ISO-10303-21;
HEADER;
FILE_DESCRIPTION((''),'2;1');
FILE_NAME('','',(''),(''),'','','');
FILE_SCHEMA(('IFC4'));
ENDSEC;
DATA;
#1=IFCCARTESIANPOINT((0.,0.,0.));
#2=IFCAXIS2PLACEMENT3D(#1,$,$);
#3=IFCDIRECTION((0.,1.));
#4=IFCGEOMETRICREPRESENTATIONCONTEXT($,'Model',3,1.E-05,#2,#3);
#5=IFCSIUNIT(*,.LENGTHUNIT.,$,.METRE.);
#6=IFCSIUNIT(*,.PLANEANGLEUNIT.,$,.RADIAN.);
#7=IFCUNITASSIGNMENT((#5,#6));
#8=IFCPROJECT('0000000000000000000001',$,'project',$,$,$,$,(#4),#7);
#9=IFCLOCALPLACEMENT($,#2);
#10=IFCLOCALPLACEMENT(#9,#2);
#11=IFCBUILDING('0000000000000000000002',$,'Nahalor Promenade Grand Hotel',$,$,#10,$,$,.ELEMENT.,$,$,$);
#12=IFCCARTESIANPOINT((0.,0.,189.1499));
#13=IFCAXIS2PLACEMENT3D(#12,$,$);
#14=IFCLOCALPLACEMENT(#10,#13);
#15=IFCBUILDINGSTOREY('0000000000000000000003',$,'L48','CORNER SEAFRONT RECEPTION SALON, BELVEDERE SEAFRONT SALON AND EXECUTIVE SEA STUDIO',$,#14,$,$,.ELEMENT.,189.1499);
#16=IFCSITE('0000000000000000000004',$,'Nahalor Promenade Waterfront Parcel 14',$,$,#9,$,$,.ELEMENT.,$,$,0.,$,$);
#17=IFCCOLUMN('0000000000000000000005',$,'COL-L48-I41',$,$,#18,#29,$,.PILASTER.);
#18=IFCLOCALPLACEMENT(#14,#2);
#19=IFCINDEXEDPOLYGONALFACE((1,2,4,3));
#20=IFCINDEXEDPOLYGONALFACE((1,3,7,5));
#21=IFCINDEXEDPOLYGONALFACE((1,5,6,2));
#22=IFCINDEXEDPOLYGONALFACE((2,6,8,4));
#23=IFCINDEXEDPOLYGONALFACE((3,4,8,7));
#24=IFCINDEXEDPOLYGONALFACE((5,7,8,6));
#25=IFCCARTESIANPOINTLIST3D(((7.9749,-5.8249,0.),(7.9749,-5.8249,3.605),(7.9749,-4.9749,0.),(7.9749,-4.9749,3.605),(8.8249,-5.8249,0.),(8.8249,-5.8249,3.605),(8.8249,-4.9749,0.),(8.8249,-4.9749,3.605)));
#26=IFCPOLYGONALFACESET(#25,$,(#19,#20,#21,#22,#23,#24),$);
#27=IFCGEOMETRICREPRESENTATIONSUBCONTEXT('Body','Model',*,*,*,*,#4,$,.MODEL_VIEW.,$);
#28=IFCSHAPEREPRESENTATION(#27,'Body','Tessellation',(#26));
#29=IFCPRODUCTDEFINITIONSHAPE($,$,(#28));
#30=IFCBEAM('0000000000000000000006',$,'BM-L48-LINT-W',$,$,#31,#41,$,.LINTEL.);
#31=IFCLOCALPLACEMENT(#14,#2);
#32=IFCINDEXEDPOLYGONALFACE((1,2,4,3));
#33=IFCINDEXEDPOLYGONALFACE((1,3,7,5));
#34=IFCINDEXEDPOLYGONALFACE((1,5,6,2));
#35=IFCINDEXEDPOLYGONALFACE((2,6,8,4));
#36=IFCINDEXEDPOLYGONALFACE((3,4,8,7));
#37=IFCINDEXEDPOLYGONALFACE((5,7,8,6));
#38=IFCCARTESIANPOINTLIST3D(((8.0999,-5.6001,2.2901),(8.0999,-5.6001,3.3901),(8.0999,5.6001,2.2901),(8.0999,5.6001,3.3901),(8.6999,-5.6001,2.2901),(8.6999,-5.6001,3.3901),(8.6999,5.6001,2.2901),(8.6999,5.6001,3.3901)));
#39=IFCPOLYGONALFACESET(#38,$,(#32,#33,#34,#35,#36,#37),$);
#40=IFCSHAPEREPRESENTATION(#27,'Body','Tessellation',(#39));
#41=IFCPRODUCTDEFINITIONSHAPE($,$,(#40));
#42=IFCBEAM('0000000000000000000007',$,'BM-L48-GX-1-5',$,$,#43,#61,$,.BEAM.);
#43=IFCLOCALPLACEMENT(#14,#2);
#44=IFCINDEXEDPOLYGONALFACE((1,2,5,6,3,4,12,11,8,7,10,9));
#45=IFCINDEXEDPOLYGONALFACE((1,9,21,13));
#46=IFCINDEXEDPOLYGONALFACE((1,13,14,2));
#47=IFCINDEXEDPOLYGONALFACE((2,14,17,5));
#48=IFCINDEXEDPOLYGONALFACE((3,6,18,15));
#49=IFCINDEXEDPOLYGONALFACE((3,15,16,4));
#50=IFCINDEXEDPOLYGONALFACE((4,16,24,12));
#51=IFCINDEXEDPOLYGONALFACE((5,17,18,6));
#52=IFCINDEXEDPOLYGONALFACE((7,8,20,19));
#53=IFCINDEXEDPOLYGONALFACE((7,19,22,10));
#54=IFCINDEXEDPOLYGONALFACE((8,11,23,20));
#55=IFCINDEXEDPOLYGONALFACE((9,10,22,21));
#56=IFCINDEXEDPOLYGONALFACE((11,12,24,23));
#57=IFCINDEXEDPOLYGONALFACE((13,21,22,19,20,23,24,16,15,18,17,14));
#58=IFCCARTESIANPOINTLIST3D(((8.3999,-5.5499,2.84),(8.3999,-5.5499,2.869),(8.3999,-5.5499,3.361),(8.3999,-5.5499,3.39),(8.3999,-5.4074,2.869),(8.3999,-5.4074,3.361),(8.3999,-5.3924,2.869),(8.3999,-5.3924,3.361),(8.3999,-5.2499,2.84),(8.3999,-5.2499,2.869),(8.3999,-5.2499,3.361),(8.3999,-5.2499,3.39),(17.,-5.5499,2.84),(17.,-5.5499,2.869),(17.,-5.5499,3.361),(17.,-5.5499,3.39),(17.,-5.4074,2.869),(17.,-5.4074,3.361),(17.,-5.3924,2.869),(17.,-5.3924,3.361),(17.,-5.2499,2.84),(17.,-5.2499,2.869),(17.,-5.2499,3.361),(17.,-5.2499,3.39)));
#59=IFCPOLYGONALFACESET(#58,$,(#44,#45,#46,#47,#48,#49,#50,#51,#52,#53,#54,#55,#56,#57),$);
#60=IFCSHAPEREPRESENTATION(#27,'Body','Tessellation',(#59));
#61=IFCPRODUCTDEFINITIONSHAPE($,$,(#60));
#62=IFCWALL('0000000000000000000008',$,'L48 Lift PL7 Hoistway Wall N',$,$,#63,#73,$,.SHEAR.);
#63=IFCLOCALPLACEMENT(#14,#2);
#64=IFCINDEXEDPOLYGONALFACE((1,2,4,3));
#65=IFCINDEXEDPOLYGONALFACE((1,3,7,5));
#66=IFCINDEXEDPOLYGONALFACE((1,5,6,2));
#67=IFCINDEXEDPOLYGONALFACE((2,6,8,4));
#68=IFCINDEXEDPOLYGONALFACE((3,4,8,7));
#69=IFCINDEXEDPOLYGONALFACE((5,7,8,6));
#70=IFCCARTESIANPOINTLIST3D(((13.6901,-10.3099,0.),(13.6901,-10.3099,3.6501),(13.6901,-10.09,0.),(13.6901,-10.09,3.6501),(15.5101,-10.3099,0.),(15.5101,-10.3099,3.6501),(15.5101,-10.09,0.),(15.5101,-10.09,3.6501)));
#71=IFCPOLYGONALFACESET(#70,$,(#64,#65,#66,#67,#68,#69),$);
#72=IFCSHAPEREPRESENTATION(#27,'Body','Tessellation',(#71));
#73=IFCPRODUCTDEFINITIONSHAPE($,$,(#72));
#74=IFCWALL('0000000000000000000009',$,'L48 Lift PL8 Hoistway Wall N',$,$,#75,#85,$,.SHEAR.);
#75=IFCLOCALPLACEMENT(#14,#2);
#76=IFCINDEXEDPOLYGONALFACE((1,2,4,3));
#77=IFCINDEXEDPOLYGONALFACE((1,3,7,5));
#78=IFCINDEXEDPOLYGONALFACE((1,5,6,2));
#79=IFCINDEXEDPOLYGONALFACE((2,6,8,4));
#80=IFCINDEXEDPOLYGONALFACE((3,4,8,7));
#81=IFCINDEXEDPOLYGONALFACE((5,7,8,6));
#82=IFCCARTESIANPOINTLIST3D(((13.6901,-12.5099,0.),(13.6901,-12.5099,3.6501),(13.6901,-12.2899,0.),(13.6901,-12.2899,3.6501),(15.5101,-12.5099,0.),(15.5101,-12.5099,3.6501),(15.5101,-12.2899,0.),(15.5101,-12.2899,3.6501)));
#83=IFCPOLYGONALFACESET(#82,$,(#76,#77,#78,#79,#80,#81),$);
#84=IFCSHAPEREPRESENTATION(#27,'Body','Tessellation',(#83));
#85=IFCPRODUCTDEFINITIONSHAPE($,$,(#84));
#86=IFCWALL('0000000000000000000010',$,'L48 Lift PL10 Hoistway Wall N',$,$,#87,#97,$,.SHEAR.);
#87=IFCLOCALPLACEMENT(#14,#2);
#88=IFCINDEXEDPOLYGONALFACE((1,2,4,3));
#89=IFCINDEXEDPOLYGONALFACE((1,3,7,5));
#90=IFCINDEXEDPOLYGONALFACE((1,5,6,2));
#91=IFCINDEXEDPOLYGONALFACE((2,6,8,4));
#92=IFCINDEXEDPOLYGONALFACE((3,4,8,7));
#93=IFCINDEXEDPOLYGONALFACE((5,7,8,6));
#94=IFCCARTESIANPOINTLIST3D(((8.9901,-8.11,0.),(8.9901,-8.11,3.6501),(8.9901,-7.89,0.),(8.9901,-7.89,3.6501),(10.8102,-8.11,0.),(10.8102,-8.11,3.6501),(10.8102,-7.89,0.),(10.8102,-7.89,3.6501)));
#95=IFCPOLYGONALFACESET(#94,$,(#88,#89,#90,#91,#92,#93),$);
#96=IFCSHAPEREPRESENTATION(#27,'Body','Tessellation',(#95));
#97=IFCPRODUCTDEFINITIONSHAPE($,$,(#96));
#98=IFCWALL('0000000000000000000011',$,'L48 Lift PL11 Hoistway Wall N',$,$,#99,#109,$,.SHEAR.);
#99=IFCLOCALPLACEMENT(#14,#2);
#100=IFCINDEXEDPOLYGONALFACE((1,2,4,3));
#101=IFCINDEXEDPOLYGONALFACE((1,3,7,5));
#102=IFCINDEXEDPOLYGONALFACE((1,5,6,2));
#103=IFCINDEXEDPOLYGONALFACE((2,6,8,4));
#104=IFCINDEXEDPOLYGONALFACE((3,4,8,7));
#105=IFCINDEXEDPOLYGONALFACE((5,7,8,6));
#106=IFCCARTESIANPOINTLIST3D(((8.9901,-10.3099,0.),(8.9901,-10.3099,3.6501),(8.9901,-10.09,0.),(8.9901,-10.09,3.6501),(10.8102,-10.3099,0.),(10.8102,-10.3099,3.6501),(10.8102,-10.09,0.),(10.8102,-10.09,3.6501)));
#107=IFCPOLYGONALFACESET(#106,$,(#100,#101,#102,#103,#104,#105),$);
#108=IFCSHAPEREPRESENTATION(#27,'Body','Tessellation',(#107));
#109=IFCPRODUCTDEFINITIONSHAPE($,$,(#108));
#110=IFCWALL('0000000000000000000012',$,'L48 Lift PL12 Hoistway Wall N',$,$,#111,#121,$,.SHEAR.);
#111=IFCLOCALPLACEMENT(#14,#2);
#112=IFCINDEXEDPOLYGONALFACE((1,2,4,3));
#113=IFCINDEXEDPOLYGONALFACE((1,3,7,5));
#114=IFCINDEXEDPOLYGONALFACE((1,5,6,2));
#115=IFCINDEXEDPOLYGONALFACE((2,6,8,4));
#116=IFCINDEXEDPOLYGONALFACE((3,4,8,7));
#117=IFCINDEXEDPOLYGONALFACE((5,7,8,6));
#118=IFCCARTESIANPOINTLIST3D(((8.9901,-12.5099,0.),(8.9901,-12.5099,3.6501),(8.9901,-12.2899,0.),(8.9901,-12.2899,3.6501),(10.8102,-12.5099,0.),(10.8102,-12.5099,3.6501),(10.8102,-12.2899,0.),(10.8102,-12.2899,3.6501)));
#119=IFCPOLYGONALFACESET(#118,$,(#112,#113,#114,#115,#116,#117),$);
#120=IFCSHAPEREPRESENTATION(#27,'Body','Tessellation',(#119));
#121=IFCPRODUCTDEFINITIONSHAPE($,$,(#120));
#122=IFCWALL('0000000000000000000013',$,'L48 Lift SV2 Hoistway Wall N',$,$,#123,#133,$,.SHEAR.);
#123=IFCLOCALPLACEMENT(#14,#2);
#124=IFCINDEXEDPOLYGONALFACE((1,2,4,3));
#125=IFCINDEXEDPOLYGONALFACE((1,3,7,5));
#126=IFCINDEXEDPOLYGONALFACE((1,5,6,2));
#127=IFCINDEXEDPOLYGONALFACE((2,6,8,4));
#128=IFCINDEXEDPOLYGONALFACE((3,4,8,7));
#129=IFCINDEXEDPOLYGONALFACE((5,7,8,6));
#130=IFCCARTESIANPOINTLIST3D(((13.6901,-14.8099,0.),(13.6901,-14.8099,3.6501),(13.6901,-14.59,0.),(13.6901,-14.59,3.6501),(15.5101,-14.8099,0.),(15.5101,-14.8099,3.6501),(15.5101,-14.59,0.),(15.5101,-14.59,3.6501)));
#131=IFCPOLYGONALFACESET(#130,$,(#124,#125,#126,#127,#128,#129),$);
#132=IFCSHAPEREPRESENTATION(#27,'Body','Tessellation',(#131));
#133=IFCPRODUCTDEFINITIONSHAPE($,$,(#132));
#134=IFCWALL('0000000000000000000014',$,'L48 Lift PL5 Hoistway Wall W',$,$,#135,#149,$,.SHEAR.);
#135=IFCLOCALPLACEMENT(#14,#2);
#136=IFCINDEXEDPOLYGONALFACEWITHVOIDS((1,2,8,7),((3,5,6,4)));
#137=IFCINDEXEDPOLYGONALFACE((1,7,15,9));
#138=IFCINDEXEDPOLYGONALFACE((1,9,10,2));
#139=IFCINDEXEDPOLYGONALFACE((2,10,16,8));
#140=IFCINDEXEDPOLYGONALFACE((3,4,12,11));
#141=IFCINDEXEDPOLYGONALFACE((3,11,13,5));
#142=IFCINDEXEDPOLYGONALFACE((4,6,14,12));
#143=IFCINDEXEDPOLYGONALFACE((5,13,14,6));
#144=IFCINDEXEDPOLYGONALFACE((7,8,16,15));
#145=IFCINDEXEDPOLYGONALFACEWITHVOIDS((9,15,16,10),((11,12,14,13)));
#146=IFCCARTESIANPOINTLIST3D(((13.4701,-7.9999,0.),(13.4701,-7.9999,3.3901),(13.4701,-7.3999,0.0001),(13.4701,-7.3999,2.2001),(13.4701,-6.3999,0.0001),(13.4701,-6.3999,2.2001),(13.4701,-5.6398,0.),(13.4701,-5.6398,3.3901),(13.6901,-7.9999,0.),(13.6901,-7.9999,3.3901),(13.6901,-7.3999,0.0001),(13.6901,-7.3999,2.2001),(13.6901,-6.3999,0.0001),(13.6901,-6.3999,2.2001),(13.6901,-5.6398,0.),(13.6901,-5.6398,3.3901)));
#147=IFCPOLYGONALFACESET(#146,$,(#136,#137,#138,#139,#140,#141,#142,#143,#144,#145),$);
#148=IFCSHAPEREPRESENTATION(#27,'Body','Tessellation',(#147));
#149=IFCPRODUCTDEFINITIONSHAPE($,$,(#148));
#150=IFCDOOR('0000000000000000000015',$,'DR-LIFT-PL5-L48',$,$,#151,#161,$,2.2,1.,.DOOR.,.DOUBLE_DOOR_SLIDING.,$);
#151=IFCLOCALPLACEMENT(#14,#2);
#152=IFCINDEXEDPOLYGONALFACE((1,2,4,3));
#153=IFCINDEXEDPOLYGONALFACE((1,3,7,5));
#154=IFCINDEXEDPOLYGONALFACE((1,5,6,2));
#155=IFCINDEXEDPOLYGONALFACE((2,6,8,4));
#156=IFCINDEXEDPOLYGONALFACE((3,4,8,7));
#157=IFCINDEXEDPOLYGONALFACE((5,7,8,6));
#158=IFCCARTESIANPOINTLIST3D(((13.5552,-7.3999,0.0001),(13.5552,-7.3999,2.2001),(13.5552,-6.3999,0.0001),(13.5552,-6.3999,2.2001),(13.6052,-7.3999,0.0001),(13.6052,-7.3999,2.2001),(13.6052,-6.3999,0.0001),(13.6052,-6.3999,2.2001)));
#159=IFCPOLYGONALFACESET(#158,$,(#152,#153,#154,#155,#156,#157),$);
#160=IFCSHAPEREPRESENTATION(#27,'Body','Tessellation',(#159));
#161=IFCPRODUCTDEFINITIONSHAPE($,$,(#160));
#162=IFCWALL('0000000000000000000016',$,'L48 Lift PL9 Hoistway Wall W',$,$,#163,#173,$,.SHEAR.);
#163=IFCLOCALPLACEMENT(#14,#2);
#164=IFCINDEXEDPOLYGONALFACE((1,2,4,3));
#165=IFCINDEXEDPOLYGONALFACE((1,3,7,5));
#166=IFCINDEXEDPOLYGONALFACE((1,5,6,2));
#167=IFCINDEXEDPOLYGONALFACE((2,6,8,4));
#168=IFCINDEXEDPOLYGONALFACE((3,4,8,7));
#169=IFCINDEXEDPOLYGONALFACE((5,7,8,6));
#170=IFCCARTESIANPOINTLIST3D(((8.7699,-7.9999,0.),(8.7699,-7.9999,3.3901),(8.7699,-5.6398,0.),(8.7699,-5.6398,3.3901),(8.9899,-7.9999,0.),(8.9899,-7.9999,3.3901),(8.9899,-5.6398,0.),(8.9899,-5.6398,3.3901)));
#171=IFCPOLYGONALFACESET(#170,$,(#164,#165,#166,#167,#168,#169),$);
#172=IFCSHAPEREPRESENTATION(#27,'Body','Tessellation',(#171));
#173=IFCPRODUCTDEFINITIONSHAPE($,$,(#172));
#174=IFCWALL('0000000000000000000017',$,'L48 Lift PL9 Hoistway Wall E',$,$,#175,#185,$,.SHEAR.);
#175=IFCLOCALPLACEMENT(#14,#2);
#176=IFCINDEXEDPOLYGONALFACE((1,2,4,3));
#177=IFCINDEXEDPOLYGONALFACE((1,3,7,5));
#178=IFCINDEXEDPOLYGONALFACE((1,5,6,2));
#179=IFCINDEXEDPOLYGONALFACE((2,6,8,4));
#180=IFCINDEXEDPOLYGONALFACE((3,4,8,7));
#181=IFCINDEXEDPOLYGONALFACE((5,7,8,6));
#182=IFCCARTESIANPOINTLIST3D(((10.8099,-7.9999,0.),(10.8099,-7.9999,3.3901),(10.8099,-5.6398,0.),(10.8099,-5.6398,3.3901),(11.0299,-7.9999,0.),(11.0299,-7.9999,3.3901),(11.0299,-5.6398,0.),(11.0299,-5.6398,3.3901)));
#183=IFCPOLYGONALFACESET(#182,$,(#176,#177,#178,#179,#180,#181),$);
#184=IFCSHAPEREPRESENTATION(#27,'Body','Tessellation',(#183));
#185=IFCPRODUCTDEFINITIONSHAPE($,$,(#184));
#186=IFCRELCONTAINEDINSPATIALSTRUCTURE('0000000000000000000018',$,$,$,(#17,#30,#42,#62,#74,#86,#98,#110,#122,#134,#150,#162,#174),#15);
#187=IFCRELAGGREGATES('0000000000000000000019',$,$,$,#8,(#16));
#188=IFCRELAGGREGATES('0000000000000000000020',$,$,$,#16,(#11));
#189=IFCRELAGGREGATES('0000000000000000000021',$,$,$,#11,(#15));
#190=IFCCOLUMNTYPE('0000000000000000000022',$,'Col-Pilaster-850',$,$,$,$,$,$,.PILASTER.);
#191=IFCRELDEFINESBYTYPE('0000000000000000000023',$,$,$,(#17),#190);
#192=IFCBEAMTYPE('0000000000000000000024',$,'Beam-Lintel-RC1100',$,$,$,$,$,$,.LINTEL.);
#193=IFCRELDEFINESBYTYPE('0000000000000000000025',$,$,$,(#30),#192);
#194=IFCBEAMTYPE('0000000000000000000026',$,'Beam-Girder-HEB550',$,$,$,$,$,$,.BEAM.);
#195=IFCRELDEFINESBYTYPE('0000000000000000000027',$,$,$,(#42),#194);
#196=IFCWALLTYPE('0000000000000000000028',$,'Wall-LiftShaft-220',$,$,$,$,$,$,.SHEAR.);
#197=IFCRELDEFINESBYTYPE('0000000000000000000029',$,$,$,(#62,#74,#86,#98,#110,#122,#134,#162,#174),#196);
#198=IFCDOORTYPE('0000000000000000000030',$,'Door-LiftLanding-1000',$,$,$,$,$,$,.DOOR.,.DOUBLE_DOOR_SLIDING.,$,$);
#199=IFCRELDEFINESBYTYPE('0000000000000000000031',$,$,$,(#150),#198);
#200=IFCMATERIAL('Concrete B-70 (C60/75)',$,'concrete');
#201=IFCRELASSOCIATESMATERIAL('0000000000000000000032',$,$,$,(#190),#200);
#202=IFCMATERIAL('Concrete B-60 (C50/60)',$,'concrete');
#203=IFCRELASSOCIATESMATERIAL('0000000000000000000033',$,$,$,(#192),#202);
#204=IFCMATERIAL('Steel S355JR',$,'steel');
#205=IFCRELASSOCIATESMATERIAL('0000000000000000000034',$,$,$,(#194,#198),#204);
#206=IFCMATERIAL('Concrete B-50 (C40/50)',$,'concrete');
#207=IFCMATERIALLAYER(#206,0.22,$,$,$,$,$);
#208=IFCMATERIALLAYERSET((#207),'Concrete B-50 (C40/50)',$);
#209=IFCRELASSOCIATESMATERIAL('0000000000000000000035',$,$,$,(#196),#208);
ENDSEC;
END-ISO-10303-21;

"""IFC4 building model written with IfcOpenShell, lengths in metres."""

from ifc_helpers import new_model, si_unit, direction, frame, frame_2d, origin, origin_2d, place, context, subcontext, project, spatial, rectangle, i_section, extrude, source, transform, mapped, material, layer, layer_set, material_profile, profile_set, type_object, element, fill, save


model = new_model("IFC4")

# Units and contexts
model_context = context("Model", 3, precision=1e-05, world=origin(), true_north=direction((0.0, 1.0)))
body_context = subcontext(model_context, "Body", "Model", "MODEL_VIEW")
ifc_project = project(units=[si_unit("LENGTHUNIT", "METRE"), si_unit("PLANEANGLEUNIT", "RADIAN")], contexts=[model_context])

# Site, building, storey
site_placement = place(None, origin())
site = spatial("IfcSite", under=ifc_project, at=site_placement, Name="Nahalor Promenade Waterfront Parcel 14", CompositionType="ELEMENT", RefElevation=0.0)
building_placement = place(site_placement, origin())
building = spatial("IfcBuilding", under=site, at=building_placement, Name="Nahalor Promenade Grand Hotel", CompositionType="ELEMENT")
storey_placement = place(building_placement, frame((0.0, 0.0, 189.1499)))
storey = spatial("IfcBuildingStorey", under=building, at=storey_placement, Name="L48", Description="CORNER SEAFRONT RECEPTION SALON, BELVEDERE SEAFRONT SALON AND EXECUTIVE SEA STUDIO", CompositionType="ELEMENT", Elevation=189.1499)

# Column
ifc_material_1 = material(Name="Concrete B-70 (C60/75)", Category="concrete")
ifc_material_profile_1 = material_profile(ifc_material_1, rectangle(XDim=0.85, YDim=0.85, at=origin_2d()), Name="RC 850x850")
ifc_profile_set_1 = profile_set([ifc_material_profile_1], Name="Concrete B-70 (C60/75)")
column_type = type_object("IfcColumnType", Name="Col-Pilaster-850", PredefinedType="PILASTER", material=ifc_profile_set_1)
shared_shape_1 = source(origin(), body_context, "Body", "SweptSolid", [
    extrude(rectangle(XDim=0.85, YDim=0.85, at=origin_2d()), origin(), (0.0, 0.0, 1.0), 3.605),
])
column_placement = place(storey_placement, frame((8.3999, -5.3999, 0.0), z_axis=(0.0, 0.0, 1.0), x_axis=(1.0, 0.0, 0.0)))
element("IfcColumn", 1, at=column_placement, inside=storey, type_object=column_type, Name="COL-L48-I41", PredefinedType="PILASTER", context=body_context, shape_type="MappedRepresentation", body=[
    mapped(shared_shape_1, transform((0.0, 0.0, 0.0), scale=1.0)),
])

# Beams
ifc_material_2 = material(Name="Concrete B-60 (C50/60)", Category="concrete")
ifc_material_profile_2 = material_profile(ifc_material_2, rectangle(XDim=0.6, YDim=1.1, at=origin_2d()), Name="RC 600x1100")
ifc_profile_set_2 = profile_set([ifc_material_profile_2], Name="Concrete B-60 (C50/60)")
beam_type_1 = type_object("IfcBeamType", Name="Beam-Lintel-RC1100", PredefinedType="LINTEL", material=ifc_profile_set_2)
shared_shape_2 = source(origin(), body_context, "Body", "SweptSolid", [
    extrude(rectangle(XDim=0.6, YDim=1.1, at=origin_2d()), origin(), (0.0, 0.0, 1.0), 11.2002),
])
beam_1_placement = place(storey_placement, frame((8.3999, -5.6001, 2.8401), z_axis=(0.0, 1.0, 0.0), x_axis=(-1.0, 0.0, 0.0)))
element("IfcBeam", 2, at=beam_1_placement, inside=storey, type_object=beam_type_1, Name="BM-L48-LINT-W", PredefinedType="LINTEL", context=body_context, shape_type="MappedRepresentation", body=[
    mapped(shared_shape_2, transform((0.0, 0.0, 0.0), scale=1.0)),
])
ifc_material_3 = material(Name="Steel S355JR", Category="steel")
ifc_material_profile_3 = material_profile(ifc_material_3, i_section(OverallWidth=0.3, OverallDepth=0.55, WebThickness=0.015, FlangeThickness=0.029, at=origin_2d()), Name="HEB 550")
ifc_profile_set_3 = profile_set([ifc_material_profile_3], Name="Steel S355JR")
beam_type_2 = type_object("IfcBeamType", Name="Beam-Girder-HEB550", PredefinedType="BEAM", material=ifc_profile_set_3)
shared_shape_3 = source(origin(), body_context, "Body", "SweptSolid", [
    extrude(i_section(OverallWidth=0.3, OverallDepth=0.55, WebThickness=0.015, FlangeThickness=0.029, at=origin_2d()), origin(), (0.0, 0.0, 1.0), 8.6001),
])
beam_2_placement = place(storey_placement, frame((8.3999, -5.3999, 3.115), z_axis=(1.0, 0.0, 0.0), x_axis=(0.0, 1.0, 0.0)))
element("IfcBeam", 3, at=beam_2_placement, inside=storey, type_object=beam_type_2, Name="BM-L48-GX-1-5", PredefinedType="BEAM", context=body_context, shape_type="MappedRepresentation", body=[
    mapped(shared_shape_3, transform((0.0, 0.0, 0.0), scale=1.0)),
])

# Walls
ifc_material_4 = material(Name="Concrete B-50 (C40/50)", Category="concrete")
ifc_layer_1 = layer(ifc_material_4, 0.22)
ifc_layer_set_1 = layer_set([ifc_layer_1], Name="Concrete B-50 (C40/50)")
wall_type_1 = type_object("IfcWallType", Name="Wall-LiftShaft-220", PredefinedType="SHEAR", material=ifc_layer_set_1)
shared_shape_4 = source(origin(), body_context, "Body", "SweptSolid", [
    extrude(rectangle(XDim=1.8201, YDim=0.22, at=frame_2d((0.9102, 0.0))), origin(), (0.0, 0.0, 1.0), 3.6501),
])
for number, where, z_axis, x_axis, name in (
    (4, (13.6899, -10.2, 0.0), (0.0, 0.0, 1.0), (1.0, 0.0, 0.0), "L48 Lift PL7 Hoistway Wall N"),
    (5, (13.6899, -12.3999, 0.0), (0.0, 0.0, 1.0), (1.0, 0.0, 0.0), "L48 Lift PL8 Hoistway Wall N"),
    (6, (8.99, -8.0, 0.0), (0.0, 0.0, 1.0), (1.0, 0.0, 0.0), "L48 Lift PL10 Hoistway Wall N"),
    (7, (8.99, -10.2, 0.0), (0.0, 0.0, 1.0), (1.0, 0.0, 0.0), "L48 Lift PL11 Hoistway Wall N"),
    (8, (8.99, -12.3999, 0.0), (0.0, 0.0, 1.0), (1.0, 0.0, 0.0), "L48 Lift PL12 Hoistway Wall N"),
    (9, (13.6899, -14.7, 0.0), (0.0, 0.0, 1.0), (1.0, 0.0, 0.0), "L48 Lift SV2 Hoistway Wall N"),
):
    element("IfcWall", number, at=place(storey_placement, frame(where, z_axis=z_axis, x_axis=x_axis)), inside=storey, type_object=wall_type_1, Name=name, PredefinedType="SHEAR", context=body_context, shape_type="MappedRepresentation", body=[
        mapped(shared_shape_4, transform((0.0, 0.0, 0.0), scale=1.0)),
    ])

# Wall, opening, door
shared_shape_5 = source(origin(), body_context, "Body", "SweptSolid", [
    extrude(rectangle(XDim=2.3601, YDim=0.22, at=frame_2d((1.1802, 0.0))), origin(), (0.0, 0.0, 1.0), 3.3901),
])
wall_1_placement = place(storey_placement, frame((13.5801, -8.0, 0.0), z_axis=(0.0, 0.0, 1.0), x_axis=(0.0, 1.0, 0.0)))
wall_1 = element("IfcWall", 10, at=wall_1_placement, inside=storey, type_object=wall_type_1, Name="L48 Lift PL5 Hoistway Wall W", PredefinedType="SHEAR", context=body_context, shape_type="MappedRepresentation", body=[
    mapped(shared_shape_5, transform((0.0, 0.0, 0.0), scale=1.0)),
])
opening_1_placement = place(wall_1_placement, frame((0.6001, 0.0, 0.0)))
opening_1 = element("IfcOpeningElement", 11, at=opening_1_placement, cuts=wall_1, PredefinedType="OPENING", context=body_context, shape_type="SweptSolid", body=[
    extrude(rectangle(XDim=1.0, YDim=2.2, at=frame_2d((0.5, 1.1001))), frame((0.0, 0.1199, 0.0), z_axis=(0.0, -1.0, 0.0), x_axis=(1.0, 0.0, 0.0)), (0.0, 0.0, 1.0), 0.24),
])
door_type = type_object("IfcDoorType", Name="Door-LiftLanding-1000", OperationType="DOUBLE_DOOR_SLIDING", PredefinedType="DOOR", material=ifc_material_3)
shared_shape_6 = source(origin(), body_context, "Body", "SweptSolid", [
    extrude(rectangle(XDim=1.0, YDim=2.2, at=frame_2d((0.5, 1.1001))), frame((0.0, 0.0249, 0.0), z_axis=(0.0, -1.0, 0.0), x_axis=(1.0, 0.0, 0.0)), (0.0, 0.0, 1.0), 0.05),
])
door_1_placement = place(opening_1_placement, origin())
door_1 = element("IfcDoor", 12, at=door_1_placement, inside=storey, type_object=door_type, Name="DR-LIFT-PL5-L48", OperationType="DOUBLE_DOOR_SLIDING", OverallHeight=2.2, OverallWidth=1.0, PredefinedType="DOOR", context=body_context, shape_type="MappedRepresentation", body=[
    mapped(shared_shape_6, transform((0.0, 0.0, 0.0), scale=1.0)),
])
fill(opening_1, door_1)

# Walls
for number, where, z_axis, x_axis, name in (
    (13, (8.8799, -8.0, 0.0), (0.0, 0.0, 1.0), (0.0, 1.0, 0.0), "L48 Lift PL9 Hoistway Wall W"),
    (14, (10.9199, -8.0, 0.0), (0.0, 0.0, 1.0), (0.0, 1.0, 0.0), "L48 Lift PL9 Hoistway Wall E"),
):
    element("IfcWall", number, at=place(storey_placement, frame(where, z_axis=z_axis, x_axis=x_axis)), inside=storey, type_object=wall_type_1, Name=name, PredefinedType="SHEAR", context=body_context, shape_type="MappedRepresentation", body=[
        mapped(shared_shape_5, transform((0.0, 0.0, 0.0), scale=1.0)),
    ])

save(model, "model.ifc")
